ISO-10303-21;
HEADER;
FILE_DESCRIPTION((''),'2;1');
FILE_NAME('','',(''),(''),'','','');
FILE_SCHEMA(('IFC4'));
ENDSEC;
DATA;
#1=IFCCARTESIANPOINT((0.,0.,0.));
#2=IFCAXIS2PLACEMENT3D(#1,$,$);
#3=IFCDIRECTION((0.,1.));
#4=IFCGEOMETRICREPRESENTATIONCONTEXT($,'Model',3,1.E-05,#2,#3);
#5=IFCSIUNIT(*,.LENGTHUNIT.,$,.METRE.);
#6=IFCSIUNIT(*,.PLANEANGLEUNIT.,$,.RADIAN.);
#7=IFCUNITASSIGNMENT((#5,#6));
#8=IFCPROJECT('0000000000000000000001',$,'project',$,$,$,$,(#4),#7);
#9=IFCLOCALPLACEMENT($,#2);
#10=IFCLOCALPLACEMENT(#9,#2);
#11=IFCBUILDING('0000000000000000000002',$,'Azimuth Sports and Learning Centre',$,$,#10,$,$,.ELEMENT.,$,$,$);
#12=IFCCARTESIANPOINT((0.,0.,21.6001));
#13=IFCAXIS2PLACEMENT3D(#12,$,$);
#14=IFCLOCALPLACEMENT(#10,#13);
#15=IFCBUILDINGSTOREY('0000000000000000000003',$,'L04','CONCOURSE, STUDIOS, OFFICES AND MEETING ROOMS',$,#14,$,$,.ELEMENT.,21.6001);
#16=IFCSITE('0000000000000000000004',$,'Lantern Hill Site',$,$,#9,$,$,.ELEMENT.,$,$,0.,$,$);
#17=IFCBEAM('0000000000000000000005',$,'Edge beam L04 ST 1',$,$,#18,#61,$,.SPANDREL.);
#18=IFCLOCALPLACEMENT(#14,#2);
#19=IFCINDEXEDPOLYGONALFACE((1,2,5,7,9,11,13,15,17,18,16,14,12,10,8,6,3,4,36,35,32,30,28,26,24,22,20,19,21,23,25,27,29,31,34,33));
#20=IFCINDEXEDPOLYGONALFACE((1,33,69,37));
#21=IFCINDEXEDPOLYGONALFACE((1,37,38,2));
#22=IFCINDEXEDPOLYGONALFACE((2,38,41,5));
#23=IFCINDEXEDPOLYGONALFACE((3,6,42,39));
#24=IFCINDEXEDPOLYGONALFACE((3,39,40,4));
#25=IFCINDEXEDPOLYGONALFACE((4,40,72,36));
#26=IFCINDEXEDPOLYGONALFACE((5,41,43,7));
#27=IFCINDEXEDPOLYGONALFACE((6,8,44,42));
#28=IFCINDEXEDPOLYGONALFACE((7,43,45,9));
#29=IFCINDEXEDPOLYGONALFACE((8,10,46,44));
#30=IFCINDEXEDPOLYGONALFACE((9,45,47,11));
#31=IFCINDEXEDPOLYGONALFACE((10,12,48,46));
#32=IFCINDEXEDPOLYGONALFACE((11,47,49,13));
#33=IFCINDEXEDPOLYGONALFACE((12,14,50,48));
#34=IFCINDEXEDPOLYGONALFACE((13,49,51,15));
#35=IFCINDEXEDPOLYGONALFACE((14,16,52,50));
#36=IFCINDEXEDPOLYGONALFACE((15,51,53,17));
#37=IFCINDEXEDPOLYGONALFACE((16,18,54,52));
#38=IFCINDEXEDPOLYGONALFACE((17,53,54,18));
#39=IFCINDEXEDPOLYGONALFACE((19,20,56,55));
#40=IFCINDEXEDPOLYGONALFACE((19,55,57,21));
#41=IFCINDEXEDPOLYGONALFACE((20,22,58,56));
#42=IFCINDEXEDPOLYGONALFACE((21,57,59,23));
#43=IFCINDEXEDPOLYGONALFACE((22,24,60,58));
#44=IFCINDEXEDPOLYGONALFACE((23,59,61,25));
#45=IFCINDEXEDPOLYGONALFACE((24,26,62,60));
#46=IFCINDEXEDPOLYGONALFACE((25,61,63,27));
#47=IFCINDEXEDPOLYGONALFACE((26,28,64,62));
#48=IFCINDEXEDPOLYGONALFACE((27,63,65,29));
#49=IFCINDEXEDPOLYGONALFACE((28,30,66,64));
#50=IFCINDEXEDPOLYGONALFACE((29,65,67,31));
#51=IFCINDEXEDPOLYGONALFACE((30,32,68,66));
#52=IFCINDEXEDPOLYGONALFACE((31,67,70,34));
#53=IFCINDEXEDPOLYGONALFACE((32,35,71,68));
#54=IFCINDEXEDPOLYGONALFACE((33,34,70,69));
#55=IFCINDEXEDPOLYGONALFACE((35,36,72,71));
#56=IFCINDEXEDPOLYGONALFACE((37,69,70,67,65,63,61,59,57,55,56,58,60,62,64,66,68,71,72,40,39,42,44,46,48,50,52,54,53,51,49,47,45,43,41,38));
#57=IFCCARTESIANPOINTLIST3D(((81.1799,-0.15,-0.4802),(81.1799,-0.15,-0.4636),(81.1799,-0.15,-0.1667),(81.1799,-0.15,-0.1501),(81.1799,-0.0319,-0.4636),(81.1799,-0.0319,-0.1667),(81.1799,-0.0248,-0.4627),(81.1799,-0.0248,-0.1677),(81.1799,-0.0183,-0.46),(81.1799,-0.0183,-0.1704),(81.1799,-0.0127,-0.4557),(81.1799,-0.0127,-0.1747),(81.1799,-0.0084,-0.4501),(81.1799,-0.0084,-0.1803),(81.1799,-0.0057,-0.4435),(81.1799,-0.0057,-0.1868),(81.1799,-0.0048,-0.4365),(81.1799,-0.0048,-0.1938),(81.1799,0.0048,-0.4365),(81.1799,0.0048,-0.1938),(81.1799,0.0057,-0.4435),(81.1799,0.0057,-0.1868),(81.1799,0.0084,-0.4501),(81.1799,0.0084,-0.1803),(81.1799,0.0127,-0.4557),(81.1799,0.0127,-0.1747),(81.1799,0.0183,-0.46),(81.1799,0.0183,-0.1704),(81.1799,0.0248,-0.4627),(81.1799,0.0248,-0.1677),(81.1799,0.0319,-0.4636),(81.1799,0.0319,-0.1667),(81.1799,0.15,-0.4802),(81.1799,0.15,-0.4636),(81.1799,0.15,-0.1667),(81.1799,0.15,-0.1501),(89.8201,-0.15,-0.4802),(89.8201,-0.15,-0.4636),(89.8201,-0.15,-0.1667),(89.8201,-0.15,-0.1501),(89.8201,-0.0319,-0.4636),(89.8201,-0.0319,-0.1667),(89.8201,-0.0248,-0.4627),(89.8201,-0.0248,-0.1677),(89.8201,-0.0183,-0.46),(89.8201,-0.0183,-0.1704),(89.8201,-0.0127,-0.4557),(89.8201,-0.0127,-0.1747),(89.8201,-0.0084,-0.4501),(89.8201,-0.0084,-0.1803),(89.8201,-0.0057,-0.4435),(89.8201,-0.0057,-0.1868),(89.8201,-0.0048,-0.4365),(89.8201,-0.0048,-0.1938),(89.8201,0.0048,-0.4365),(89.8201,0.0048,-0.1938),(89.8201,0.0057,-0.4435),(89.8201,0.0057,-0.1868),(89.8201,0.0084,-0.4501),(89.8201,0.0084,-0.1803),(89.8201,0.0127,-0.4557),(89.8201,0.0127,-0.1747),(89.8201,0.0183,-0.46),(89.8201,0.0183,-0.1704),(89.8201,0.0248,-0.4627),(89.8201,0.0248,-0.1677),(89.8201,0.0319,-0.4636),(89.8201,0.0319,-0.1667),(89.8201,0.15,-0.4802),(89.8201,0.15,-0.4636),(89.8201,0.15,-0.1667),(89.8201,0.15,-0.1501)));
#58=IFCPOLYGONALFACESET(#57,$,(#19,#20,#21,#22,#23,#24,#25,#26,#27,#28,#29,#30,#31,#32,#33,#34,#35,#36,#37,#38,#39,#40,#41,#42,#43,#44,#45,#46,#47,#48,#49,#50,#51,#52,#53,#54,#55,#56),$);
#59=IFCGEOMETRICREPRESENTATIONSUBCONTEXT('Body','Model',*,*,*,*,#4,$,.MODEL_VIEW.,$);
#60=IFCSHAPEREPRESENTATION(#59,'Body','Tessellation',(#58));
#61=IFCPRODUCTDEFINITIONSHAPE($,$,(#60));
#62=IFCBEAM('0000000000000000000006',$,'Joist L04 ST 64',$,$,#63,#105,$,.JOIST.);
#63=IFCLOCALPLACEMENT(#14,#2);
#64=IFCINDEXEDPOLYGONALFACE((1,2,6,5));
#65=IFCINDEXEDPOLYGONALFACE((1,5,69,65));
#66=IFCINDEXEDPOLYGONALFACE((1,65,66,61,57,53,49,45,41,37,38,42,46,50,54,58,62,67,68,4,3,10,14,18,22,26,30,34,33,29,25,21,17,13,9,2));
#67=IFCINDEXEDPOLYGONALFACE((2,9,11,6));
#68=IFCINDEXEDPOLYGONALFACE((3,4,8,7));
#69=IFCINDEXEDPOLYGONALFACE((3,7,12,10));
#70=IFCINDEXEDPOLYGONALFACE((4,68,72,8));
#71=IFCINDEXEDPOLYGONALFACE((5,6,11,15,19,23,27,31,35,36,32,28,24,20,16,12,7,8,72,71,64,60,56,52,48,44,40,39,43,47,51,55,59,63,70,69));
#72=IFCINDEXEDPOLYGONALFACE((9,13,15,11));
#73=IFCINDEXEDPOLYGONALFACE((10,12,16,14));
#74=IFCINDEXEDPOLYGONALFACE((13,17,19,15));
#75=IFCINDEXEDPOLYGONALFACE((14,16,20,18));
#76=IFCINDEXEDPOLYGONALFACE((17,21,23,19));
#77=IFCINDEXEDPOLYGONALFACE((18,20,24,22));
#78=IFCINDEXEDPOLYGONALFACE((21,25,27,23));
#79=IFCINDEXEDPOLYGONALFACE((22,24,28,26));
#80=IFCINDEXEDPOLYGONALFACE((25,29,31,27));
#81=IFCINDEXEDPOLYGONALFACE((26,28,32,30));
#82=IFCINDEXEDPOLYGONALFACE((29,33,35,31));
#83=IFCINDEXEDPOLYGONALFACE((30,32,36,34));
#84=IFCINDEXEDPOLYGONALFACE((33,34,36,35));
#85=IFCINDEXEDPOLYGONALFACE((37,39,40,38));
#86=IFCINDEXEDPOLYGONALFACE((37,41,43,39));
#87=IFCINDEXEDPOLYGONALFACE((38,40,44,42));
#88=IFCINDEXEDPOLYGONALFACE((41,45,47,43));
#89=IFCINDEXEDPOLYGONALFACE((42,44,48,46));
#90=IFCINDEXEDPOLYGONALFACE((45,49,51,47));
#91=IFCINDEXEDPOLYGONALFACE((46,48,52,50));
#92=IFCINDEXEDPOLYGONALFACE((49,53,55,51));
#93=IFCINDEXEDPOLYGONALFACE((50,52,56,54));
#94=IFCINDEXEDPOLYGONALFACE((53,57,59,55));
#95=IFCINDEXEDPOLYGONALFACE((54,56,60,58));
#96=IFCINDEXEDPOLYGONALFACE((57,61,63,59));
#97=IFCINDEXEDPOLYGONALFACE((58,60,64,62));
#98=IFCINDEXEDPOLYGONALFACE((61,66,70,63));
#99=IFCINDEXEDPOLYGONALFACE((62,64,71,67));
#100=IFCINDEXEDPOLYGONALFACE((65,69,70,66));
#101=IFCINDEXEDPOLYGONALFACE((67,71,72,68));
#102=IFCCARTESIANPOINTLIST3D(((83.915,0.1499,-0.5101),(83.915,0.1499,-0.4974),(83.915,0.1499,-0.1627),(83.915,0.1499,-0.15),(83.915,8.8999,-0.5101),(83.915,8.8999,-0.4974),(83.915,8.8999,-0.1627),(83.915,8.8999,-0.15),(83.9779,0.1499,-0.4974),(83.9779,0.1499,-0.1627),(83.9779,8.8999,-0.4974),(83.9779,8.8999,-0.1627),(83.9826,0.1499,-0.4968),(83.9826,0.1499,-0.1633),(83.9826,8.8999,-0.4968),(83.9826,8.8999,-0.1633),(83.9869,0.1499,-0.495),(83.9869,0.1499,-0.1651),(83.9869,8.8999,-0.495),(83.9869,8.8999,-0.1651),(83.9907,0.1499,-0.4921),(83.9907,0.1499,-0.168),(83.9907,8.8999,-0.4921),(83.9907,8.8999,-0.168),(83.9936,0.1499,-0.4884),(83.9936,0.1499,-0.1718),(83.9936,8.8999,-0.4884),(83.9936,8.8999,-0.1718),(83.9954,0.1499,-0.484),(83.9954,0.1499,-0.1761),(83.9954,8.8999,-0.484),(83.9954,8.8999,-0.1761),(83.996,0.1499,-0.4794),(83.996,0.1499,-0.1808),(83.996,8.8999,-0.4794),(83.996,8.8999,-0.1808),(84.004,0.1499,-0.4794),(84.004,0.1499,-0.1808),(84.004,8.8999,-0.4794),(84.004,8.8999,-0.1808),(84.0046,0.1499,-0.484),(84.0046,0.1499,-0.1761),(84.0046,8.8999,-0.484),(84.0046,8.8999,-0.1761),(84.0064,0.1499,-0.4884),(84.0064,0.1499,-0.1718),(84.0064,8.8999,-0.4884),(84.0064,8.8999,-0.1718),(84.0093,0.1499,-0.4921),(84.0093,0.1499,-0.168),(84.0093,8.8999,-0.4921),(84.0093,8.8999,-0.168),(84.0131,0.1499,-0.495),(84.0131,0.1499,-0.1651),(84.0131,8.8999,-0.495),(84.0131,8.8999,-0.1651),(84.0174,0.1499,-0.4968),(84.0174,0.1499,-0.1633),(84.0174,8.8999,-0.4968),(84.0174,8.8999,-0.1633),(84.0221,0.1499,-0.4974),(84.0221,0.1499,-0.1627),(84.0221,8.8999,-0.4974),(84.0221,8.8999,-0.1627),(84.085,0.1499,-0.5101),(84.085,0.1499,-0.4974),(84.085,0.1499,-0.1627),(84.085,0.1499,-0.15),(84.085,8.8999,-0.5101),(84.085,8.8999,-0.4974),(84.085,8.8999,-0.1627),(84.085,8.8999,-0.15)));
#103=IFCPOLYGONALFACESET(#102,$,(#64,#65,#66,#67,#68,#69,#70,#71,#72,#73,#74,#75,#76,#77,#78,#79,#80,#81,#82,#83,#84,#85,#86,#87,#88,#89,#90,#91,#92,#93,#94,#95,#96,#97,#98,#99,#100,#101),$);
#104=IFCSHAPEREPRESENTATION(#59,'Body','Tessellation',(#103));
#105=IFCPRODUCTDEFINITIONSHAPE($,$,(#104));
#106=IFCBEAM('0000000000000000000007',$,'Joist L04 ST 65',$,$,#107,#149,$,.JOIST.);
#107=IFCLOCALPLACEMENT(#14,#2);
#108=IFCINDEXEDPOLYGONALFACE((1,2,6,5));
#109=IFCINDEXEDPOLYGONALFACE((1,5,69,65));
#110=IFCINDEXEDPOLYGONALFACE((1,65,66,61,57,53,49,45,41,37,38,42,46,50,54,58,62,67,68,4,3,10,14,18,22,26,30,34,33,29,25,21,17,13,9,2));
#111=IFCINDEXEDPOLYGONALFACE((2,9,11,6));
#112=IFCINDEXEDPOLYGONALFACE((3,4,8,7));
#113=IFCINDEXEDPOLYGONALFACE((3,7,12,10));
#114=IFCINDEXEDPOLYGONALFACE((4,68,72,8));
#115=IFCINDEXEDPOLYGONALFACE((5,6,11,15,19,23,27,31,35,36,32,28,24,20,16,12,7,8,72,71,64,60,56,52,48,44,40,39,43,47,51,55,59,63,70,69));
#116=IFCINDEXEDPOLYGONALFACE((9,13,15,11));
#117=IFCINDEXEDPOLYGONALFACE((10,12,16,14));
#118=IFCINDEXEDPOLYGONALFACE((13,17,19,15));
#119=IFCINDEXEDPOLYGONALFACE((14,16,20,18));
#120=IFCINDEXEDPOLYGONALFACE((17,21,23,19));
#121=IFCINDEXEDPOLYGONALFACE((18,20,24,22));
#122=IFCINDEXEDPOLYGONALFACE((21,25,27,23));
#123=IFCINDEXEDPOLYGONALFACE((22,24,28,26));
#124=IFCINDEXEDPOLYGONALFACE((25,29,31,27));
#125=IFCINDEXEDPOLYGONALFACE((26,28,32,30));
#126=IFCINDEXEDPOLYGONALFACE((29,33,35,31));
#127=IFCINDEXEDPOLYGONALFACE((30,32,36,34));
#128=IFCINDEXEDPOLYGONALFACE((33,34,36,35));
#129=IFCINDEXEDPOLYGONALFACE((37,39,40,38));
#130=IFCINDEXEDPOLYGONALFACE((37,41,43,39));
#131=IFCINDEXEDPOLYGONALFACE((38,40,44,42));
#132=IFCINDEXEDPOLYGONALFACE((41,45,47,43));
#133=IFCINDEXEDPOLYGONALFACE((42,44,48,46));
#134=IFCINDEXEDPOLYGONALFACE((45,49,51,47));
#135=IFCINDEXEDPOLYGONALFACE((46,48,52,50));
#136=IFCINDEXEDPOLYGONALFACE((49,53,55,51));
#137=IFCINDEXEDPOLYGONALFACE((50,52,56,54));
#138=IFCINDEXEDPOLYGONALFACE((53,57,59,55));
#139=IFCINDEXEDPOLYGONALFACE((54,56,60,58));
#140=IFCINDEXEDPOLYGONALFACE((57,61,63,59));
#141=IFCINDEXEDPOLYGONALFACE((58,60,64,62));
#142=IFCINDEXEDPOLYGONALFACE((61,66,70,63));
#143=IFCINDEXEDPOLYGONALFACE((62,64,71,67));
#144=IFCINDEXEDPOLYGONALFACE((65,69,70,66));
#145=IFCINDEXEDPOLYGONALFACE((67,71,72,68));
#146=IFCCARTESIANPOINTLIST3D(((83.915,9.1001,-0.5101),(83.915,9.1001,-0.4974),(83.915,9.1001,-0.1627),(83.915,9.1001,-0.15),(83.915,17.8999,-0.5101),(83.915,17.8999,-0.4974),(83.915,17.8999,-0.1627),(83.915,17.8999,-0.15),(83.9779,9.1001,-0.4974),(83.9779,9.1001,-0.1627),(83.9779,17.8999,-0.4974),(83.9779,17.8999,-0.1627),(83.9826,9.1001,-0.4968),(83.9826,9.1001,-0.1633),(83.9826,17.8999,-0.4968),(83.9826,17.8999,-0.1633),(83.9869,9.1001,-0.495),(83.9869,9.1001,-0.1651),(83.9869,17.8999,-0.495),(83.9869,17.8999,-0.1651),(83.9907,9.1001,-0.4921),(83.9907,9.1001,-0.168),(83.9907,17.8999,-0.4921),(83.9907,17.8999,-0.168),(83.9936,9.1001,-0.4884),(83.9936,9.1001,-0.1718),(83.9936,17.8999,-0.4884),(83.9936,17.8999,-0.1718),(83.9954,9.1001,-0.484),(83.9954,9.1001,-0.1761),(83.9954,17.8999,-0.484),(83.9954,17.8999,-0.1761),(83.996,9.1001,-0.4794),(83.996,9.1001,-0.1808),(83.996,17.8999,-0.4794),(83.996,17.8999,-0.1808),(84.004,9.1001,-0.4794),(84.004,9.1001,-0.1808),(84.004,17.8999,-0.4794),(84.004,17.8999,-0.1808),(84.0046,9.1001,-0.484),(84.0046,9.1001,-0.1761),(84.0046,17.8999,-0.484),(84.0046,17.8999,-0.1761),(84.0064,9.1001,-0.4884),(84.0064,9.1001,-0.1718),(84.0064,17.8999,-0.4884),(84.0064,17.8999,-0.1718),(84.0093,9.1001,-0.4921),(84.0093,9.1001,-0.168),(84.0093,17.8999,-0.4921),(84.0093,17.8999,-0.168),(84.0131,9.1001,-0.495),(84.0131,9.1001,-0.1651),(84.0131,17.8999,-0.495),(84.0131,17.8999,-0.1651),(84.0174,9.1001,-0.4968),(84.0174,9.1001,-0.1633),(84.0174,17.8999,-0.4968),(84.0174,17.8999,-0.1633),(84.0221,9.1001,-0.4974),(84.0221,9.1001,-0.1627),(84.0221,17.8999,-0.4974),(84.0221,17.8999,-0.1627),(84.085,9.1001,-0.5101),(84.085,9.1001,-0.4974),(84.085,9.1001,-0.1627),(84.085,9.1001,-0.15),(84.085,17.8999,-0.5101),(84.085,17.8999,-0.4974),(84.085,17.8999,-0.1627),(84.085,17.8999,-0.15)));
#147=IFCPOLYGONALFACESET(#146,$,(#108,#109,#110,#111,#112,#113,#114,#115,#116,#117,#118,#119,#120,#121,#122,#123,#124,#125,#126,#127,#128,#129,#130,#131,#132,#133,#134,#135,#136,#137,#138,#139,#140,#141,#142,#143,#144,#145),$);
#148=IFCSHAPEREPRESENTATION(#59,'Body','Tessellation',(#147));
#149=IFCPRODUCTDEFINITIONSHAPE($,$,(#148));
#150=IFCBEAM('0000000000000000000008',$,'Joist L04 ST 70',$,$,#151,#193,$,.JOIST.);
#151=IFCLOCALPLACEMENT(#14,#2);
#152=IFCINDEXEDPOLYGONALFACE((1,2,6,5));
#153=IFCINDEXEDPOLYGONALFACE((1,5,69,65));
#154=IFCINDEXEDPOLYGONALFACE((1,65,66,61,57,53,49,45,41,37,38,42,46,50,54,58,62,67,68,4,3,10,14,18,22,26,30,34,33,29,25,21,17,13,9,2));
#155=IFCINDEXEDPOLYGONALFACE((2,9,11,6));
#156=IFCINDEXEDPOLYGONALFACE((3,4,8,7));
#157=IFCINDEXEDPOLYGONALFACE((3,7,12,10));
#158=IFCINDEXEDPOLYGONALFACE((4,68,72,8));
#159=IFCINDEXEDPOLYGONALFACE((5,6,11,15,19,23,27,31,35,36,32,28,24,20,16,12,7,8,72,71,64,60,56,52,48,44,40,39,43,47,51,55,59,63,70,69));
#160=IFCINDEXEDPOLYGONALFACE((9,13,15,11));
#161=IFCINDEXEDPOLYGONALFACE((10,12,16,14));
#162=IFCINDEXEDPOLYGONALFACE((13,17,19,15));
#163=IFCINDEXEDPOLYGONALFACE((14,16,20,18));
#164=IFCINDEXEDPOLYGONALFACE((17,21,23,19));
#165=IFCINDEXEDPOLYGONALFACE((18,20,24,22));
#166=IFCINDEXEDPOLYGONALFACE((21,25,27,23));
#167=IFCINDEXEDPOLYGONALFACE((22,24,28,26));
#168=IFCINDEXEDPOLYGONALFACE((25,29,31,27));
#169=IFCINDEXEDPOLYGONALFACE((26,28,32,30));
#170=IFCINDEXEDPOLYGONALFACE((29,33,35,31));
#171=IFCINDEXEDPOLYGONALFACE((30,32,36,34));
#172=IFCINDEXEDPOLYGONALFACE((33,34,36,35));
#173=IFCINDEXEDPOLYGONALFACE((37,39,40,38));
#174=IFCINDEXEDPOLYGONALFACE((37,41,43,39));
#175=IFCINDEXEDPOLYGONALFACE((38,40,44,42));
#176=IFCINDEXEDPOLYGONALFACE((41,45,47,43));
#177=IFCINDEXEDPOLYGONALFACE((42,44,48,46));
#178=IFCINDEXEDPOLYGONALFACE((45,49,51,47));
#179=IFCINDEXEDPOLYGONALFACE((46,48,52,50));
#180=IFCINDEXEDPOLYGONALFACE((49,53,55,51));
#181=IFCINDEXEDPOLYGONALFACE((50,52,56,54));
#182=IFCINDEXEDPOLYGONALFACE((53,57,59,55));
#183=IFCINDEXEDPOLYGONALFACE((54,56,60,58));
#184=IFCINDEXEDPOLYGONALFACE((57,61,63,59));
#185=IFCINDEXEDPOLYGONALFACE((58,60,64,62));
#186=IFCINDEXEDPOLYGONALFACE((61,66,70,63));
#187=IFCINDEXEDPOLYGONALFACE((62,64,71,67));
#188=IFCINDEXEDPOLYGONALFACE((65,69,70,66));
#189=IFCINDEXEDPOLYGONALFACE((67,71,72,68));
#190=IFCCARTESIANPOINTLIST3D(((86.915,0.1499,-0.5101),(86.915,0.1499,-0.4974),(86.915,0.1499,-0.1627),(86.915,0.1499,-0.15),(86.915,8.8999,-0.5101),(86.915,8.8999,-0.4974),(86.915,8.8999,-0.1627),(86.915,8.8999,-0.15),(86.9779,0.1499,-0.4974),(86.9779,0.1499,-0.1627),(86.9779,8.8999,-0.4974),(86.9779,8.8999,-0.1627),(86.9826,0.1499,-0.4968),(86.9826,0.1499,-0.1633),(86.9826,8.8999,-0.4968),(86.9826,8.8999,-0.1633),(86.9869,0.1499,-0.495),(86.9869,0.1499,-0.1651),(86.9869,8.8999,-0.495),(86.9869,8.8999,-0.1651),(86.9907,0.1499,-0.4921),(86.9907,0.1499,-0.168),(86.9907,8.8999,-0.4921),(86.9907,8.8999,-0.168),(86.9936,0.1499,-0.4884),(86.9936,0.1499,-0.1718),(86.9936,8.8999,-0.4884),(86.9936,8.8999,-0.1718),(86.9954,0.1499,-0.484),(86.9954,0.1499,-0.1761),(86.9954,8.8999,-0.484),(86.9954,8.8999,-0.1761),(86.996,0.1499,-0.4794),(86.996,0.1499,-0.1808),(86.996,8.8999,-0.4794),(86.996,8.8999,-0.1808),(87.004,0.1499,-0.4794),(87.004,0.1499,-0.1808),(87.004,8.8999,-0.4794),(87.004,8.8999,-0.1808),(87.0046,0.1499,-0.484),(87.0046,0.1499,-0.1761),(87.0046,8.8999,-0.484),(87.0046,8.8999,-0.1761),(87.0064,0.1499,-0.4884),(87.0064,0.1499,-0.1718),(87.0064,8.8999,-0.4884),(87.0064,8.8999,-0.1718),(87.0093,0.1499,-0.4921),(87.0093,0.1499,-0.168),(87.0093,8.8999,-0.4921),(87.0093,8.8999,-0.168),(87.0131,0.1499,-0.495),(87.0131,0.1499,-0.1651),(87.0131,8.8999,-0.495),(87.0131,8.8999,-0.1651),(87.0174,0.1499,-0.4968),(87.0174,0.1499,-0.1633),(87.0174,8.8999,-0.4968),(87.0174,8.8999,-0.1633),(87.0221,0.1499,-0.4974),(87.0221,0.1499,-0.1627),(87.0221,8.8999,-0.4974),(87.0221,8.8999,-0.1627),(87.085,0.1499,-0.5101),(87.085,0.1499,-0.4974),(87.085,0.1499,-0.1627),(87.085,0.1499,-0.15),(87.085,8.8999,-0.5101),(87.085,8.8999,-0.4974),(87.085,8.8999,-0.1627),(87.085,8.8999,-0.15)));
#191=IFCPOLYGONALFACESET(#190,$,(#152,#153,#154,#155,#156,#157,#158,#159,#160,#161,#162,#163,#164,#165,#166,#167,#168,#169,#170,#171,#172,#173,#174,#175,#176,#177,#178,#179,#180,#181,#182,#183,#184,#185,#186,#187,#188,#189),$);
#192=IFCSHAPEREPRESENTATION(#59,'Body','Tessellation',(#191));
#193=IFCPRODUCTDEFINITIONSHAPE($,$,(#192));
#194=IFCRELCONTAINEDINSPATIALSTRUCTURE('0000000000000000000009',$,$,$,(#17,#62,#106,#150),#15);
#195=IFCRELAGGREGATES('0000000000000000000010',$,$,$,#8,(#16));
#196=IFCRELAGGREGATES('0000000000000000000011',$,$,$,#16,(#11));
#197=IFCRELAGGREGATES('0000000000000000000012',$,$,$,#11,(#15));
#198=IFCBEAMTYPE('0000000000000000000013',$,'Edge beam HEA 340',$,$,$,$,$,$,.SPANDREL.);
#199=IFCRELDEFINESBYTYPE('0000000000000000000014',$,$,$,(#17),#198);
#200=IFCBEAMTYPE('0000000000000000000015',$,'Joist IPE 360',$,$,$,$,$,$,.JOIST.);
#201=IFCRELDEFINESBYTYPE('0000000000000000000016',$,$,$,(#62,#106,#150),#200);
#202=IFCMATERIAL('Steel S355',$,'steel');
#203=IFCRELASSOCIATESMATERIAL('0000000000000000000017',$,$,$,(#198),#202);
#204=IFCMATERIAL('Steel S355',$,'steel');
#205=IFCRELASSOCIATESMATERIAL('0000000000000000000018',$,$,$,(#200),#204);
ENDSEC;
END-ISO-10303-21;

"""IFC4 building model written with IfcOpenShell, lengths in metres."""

from ifc_helpers import new_model, si_unit, direction, frame, origin, origin_2d, place, context, subcontext, project, spatial, i_section, extrude, material, material_profile, profile_set, type_object, element, save


model = new_model("IFC4")

# Units and contexts
model_context = context("Model", 3, precision=1e-05, world=origin(), true_north=direction((0.0, 1.0)))
body_context = subcontext(model_context, "Body", "Model", "MODEL_VIEW")
ifc_project = project(units=[si_unit("LENGTHUNIT", "METRE"), si_unit("PLANEANGLEUNIT", "RADIAN")], contexts=[model_context])

# Site, building, storey
site_placement = place(None, origin())
site = spatial("IfcSite", under=ifc_project, at=site_placement, Name="Lantern Hill Site", CompositionType="ELEMENT", RefElevation=0.0)
building_placement = place(site_placement, origin())
building = spatial("IfcBuilding", under=site, at=building_placement, Name="Azimuth Sports and Learning Centre", CompositionType="ELEMENT")
storey_placement = place(building_placement, frame((0.0, 0.0, 21.6001)))
storey = spatial("IfcBuildingStorey", under=building, at=storey_placement, Name="L04", Description="CONCOURSE, STUDIOS, OFFICES AND MEETING ROOMS", CompositionType="ELEMENT", Elevation=21.6001)

# Beams
ifc_material_1 = material(Name="Steel S355", Category="steel")
ifc_material_profile_1 = material_profile(ifc_material_1, i_section(OverallWidth=0.3, OverallDepth=0.3301, WebThickness=0.0095, FlangeThickness=0.0166, FilletRadius=0.0271, at=origin_2d()), Name="HEA 340")
ifc_profile_set_1 = profile_set([ifc_material_profile_1], Name="Steel S355")
beam_type_1 = type_object("IfcBeamType", Name="Edge beam HEA 340", PredefinedType="SPANDREL", material=ifc_profile_set_1)
beam_1_placement = place(storey_placement, frame((81.1799, 0.0, -0.3152), z_axis=(1.0, 0.0, 0.0), x_axis=(0.0, 1.0, 0.0)))
element("IfcBeam", 1, at=beam_1_placement, inside=storey, type_object=beam_type_1, Name="Edge beam L04 ST 1", PredefinedType="SPANDREL", context=body_context, shape_type="SweptSolid", body=[
    extrude(i_section(OverallWidth=0.3, OverallDepth=0.3301, WebThickness=0.0095, FlangeThickness=0.0166, FilletRadius=0.0271, at=origin_2d()), origin(), (0.0, 0.0, 1.0), 8.6401),
])
ifc_material_2 = material(Name="Steel S355", Category="steel")
ifc_material_profile_2 = material_profile(ifc_material_2, i_section(OverallWidth=0.1699, OverallDepth=0.3601, WebThickness=0.0081, FlangeThickness=0.0127, FilletRadius=0.0181, at=origin_2d()), Name="IPE 360")
ifc_profile_set_2 = profile_set([ifc_material_profile_2], Name="Steel S355")
beam_type_2 = type_object("IfcBeamType", Name="Joist IPE 360", PredefinedType="JOIST", material=ifc_profile_set_2)
beam_2_placement = place(storey_placement, frame((84.0, 0.1499, -0.3301), z_axis=(0.0, 1.0, 0.0), x_axis=(-1.0, 0.0, 0.0)))
element("IfcBeam", 2, at=beam_2_placement, inside=storey, type_object=beam_type_2, Name="Joist L04 ST 64", PredefinedType="JOIST", context=body_context, shape_type="SweptSolid", body=[
    extrude(i_section(OverallWidth=0.1699, OverallDepth=0.3601, WebThickness=0.0081, FlangeThickness=0.0127, FilletRadius=0.0181, at=origin_2d()), origin(), (0.0, 0.0, 1.0), 8.75),
])
beam_3_placement = place(storey_placement, frame((84.0, 9.1001, -0.3301), z_axis=(0.0, 1.0, 0.0), x_axis=(-1.0, 0.0, 0.0)))
element("IfcBeam", 3, at=beam_3_placement, inside=storey, type_object=beam_type_2, Name="Joist L04 ST 65", PredefinedType="JOIST", context=body_context, shape_type="SweptSolid", body=[
    extrude(i_section(OverallWidth=0.1699, OverallDepth=0.3601, WebThickness=0.0081, FlangeThickness=0.0127, FilletRadius=0.0181, at=origin_2d()), origin(), (0.0, 0.0, 1.0), 8.7998),
])
beam_4_placement = place(storey_placement, frame((87.0, 0.1499, -0.3301), z_axis=(0.0, 1.0, 0.0), x_axis=(-1.0, 0.0, 0.0)))
element("IfcBeam", 4, at=beam_4_placement, inside=storey, type_object=beam_type_2, Name="Joist L04 ST 70", PredefinedType="JOIST", context=body_context, shape_type="SweptSolid", body=[
    extrude(i_section(OverallWidth=0.1699, OverallDepth=0.3601, WebThickness=0.0081, FlangeThickness=0.0127, FilletRadius=0.0181, at=origin_2d()), origin(), (0.0, 0.0, 1.0), 8.75),
])

save(model, "model.ifc")
